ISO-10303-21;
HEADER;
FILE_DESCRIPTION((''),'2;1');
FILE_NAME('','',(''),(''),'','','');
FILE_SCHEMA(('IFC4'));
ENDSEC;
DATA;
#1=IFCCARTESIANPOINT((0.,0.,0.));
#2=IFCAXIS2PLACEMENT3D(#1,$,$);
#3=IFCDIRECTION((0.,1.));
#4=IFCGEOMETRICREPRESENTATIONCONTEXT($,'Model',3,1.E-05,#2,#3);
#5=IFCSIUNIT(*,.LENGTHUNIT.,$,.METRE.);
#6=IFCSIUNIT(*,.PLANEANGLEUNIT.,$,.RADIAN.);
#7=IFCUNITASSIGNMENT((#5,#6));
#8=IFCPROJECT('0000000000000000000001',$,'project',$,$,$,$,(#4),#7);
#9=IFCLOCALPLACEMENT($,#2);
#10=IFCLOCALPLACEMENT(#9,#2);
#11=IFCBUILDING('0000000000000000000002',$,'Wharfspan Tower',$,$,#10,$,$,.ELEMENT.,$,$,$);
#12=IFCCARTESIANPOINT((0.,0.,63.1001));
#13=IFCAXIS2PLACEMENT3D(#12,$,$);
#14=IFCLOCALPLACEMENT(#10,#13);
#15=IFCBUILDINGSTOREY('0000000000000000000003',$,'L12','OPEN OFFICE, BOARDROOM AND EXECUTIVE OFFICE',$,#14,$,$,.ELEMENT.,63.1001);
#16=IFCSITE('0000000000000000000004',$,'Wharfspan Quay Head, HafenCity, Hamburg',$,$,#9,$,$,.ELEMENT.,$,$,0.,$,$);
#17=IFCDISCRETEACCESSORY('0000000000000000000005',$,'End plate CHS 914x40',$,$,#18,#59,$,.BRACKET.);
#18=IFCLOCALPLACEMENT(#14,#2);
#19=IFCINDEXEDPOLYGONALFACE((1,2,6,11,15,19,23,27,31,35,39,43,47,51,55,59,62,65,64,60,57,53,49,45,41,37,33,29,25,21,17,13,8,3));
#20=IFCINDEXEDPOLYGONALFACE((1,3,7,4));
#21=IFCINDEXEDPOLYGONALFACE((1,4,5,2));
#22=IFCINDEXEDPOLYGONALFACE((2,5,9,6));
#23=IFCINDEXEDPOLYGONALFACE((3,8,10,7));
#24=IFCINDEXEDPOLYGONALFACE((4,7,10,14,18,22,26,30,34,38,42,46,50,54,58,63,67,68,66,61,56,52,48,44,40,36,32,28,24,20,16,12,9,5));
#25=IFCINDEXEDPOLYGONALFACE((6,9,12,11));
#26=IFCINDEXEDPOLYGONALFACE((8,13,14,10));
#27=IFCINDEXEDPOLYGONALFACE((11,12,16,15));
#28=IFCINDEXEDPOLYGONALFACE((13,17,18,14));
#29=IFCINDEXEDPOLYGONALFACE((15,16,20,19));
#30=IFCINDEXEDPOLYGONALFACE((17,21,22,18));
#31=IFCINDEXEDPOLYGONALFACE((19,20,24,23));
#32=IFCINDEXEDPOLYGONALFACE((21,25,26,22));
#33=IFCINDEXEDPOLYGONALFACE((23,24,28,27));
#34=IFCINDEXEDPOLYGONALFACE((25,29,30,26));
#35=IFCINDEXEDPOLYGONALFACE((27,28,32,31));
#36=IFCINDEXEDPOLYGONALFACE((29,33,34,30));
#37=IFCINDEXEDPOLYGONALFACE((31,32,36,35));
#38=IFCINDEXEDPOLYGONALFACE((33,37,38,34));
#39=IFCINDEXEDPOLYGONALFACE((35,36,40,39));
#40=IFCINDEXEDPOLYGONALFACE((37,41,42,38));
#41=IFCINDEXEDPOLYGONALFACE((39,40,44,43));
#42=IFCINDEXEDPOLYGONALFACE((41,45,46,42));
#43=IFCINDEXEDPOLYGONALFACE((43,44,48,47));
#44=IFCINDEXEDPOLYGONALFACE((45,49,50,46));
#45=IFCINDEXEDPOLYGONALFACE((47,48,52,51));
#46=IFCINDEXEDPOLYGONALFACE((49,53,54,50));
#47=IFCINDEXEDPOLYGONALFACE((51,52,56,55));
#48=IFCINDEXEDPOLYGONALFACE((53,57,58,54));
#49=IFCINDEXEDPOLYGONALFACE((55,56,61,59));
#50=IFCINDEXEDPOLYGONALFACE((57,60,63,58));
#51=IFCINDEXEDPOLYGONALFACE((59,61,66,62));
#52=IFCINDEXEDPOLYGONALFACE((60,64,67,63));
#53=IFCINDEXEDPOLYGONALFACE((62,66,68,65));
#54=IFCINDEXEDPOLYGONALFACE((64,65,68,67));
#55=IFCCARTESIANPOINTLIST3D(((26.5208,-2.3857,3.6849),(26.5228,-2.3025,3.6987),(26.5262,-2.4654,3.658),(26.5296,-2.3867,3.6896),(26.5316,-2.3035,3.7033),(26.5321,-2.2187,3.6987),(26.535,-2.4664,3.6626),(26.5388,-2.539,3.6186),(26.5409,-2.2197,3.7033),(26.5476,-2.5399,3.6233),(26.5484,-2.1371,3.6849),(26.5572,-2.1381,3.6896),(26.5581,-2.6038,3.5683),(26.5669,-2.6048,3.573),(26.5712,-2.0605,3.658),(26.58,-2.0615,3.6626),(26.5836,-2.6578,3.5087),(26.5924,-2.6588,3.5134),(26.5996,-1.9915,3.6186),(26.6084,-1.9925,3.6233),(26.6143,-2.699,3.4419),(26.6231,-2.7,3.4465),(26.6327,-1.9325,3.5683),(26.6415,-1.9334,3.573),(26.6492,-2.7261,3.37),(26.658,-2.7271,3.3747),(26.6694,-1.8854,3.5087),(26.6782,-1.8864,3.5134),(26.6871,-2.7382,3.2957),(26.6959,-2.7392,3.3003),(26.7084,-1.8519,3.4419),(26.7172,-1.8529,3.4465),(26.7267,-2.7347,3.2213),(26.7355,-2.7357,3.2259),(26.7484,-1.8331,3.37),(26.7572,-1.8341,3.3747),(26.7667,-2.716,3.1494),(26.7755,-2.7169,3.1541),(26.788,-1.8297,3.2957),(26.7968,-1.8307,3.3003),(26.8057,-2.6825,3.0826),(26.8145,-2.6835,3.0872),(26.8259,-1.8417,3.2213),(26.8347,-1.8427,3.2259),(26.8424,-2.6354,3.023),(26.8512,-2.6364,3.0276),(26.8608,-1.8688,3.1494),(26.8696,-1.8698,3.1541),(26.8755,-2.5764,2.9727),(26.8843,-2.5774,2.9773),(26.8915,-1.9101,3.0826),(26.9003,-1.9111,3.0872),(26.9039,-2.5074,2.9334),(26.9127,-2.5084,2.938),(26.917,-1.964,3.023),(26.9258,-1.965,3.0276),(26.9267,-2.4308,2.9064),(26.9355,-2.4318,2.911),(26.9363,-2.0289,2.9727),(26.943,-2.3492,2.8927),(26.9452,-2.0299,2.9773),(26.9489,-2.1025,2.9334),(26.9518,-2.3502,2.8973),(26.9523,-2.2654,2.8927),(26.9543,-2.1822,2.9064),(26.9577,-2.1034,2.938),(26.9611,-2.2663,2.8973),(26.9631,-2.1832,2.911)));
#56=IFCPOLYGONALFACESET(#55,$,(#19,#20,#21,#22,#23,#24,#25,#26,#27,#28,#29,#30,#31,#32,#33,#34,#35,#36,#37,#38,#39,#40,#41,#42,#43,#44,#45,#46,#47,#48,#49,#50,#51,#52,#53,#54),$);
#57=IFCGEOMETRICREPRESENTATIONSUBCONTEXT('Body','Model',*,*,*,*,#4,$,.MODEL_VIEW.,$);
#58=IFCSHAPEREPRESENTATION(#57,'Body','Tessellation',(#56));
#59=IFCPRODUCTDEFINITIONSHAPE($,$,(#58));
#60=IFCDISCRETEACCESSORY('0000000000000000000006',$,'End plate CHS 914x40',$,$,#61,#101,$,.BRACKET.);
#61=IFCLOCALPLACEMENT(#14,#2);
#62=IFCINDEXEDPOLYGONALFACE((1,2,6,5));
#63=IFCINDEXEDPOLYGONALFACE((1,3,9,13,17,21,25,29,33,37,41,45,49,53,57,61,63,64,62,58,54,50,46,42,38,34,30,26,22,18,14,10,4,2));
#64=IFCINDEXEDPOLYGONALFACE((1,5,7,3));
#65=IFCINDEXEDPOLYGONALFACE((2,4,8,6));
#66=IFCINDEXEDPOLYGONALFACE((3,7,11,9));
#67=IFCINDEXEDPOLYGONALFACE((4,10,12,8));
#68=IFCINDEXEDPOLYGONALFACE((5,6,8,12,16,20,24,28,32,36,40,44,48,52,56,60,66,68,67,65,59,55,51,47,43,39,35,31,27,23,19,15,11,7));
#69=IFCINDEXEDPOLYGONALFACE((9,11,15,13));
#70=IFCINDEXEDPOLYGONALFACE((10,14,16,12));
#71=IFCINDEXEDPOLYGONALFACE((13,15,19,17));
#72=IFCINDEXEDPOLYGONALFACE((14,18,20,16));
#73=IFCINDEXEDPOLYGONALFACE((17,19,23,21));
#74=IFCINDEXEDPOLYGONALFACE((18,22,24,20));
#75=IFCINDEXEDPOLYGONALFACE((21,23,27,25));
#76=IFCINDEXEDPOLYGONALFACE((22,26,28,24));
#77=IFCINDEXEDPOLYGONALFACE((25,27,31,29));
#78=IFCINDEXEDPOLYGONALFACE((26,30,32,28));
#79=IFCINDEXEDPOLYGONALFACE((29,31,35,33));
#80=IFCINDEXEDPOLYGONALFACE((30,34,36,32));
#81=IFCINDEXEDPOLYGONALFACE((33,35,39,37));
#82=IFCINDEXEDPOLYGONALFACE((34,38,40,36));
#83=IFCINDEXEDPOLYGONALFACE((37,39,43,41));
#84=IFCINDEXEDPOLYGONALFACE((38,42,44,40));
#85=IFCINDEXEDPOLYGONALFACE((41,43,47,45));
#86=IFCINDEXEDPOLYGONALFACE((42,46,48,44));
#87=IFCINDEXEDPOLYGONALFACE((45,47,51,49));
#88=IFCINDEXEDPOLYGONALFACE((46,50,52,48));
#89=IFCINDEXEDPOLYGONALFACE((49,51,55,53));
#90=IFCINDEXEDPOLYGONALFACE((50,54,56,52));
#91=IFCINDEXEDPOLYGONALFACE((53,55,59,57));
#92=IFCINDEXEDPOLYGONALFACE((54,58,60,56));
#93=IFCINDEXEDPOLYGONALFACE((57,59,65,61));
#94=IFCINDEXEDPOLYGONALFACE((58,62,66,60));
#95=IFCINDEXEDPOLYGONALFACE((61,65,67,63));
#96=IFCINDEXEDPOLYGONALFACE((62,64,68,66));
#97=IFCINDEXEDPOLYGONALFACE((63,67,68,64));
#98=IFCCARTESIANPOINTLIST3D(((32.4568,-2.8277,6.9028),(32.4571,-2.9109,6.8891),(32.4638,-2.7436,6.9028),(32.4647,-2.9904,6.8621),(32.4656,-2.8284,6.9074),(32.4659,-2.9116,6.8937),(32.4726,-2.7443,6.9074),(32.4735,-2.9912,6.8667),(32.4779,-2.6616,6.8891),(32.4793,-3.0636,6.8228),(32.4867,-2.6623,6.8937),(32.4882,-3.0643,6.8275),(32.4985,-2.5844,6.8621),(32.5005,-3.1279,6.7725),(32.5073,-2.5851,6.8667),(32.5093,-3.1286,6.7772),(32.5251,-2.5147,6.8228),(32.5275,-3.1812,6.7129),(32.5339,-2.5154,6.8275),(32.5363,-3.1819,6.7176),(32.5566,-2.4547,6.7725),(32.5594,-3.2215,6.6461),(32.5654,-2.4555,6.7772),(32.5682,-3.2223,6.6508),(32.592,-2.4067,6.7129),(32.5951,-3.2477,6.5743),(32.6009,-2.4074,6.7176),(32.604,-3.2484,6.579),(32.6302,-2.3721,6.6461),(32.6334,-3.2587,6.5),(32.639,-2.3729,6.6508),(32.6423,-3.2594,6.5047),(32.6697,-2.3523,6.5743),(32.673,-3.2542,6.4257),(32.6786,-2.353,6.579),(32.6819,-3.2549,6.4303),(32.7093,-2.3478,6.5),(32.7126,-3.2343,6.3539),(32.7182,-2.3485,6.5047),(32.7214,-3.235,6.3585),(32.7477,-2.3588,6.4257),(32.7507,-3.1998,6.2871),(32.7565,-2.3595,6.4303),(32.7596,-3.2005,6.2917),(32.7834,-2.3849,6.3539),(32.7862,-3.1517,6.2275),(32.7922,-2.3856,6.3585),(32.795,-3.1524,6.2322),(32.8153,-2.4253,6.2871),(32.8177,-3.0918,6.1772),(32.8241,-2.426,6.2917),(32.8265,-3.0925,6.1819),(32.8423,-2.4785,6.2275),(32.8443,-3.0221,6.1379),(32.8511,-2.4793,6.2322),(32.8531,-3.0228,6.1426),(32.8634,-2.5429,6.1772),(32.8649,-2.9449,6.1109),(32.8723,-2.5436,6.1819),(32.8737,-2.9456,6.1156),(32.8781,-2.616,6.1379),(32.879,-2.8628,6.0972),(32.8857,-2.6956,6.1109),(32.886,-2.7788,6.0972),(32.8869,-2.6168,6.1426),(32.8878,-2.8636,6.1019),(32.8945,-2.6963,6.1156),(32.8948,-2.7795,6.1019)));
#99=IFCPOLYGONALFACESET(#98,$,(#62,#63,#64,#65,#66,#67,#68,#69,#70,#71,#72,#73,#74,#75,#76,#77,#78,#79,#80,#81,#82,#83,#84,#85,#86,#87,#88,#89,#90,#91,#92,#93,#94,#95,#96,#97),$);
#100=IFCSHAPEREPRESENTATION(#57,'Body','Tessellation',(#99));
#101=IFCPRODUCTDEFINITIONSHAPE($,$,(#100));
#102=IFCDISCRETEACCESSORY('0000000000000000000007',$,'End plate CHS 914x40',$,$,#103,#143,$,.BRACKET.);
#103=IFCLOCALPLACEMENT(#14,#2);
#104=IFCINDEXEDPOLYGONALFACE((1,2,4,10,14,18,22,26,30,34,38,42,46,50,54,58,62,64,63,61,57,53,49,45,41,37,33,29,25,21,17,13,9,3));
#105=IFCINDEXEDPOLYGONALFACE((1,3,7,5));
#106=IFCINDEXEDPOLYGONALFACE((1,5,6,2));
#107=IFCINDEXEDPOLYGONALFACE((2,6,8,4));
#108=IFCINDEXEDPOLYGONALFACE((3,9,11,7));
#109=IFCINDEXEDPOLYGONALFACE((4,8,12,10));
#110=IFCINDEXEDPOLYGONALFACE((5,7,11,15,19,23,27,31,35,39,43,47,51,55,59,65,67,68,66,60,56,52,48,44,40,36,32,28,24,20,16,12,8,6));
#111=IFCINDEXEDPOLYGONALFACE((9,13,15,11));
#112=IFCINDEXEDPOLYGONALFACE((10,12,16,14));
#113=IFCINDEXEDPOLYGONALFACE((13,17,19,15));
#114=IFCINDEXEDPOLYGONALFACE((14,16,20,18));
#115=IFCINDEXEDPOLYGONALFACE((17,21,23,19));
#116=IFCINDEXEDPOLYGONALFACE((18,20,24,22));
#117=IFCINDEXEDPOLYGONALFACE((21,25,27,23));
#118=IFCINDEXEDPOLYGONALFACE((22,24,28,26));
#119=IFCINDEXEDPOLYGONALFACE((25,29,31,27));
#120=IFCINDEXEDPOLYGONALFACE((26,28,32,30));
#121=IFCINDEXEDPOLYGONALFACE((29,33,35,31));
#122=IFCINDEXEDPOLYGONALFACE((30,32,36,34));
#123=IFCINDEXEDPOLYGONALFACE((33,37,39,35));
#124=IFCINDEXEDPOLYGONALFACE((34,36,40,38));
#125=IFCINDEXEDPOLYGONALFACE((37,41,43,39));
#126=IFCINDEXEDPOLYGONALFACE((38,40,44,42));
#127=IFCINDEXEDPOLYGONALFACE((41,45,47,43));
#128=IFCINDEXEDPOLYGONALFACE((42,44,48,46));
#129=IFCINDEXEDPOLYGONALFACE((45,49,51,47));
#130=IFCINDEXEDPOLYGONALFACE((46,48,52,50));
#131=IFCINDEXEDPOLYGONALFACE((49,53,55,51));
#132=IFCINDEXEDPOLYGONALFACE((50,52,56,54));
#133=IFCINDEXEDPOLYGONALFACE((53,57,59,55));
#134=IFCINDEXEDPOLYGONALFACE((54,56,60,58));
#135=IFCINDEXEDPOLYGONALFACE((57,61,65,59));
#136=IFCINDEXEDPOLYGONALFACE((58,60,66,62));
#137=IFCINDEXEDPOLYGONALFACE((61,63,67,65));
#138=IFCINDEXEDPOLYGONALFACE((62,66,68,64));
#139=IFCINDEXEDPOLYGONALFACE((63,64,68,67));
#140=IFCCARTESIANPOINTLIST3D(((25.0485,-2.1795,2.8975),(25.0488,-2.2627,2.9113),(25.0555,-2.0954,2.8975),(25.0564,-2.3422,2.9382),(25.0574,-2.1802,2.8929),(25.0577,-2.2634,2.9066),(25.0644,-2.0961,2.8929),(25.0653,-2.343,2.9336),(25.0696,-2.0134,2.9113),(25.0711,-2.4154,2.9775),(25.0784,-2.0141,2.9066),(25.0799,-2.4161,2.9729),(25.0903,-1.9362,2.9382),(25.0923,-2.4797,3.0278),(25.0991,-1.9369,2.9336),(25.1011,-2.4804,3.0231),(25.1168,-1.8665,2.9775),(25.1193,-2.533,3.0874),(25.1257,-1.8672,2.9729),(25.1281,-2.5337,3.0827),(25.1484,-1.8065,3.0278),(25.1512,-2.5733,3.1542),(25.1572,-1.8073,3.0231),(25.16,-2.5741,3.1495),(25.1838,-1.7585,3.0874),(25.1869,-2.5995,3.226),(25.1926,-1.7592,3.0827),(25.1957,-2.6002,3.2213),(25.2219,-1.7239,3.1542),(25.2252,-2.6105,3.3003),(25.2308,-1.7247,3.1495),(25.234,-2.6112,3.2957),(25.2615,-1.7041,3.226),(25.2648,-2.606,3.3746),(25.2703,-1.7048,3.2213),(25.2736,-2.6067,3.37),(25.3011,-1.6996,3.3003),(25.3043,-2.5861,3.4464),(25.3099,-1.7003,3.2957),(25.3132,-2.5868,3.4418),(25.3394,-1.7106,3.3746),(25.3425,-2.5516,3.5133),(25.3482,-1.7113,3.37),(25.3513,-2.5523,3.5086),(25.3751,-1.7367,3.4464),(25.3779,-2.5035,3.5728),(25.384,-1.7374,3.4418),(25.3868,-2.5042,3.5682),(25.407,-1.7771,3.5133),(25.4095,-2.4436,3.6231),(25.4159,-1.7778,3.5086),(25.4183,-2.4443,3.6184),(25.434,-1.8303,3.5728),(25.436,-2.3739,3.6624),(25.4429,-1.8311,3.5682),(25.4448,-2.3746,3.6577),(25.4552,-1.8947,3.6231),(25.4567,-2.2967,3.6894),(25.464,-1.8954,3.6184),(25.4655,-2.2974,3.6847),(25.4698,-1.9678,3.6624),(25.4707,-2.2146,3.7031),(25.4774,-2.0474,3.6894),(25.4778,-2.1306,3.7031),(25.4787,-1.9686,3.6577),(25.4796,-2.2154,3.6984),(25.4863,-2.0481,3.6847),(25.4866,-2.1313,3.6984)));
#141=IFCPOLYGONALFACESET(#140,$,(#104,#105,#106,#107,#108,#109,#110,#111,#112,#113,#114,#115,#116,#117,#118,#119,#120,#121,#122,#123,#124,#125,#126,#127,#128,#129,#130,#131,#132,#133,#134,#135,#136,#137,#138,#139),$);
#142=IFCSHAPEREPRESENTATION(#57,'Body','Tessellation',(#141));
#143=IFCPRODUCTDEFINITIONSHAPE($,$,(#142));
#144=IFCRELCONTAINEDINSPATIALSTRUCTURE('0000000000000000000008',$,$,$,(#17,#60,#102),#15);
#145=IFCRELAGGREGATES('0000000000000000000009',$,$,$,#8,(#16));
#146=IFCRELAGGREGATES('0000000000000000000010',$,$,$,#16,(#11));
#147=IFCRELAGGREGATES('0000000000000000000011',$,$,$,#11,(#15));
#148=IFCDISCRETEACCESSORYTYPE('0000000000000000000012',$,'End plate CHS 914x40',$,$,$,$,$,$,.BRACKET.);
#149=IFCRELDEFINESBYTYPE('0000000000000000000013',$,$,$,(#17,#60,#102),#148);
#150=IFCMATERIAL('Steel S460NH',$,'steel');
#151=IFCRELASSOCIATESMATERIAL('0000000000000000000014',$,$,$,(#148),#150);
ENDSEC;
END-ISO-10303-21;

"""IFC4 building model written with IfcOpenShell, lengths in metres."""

from ifc_helpers import new_model, si_unit, direction, frame, origin, origin_2d, place, context, subcontext, project, spatial, circle, extrude, material, material_profile, profile_set, type_object, element, save


model = new_model("IFC4")

# Units and contexts
model_context = context("Model", 3, precision=1e-05, world=origin(), true_north=direction((0.0, 1.0)))
body_context = subcontext(model_context, "Body", "Model", "MODEL_VIEW")
ifc_project = project(units=[si_unit("LENGTHUNIT", "METRE"), si_unit("PLANEANGLEUNIT", "RADIAN")], contexts=[model_context])

# Site, building, storey
site_placement = place(None, origin())
site = spatial("IfcSite", under=ifc_project, at=site_placement, Name="Wharfspan Quay Head, HafenCity, Hamburg", CompositionType="ELEMENT", RefElevation=0.0)
building_placement = place(site_placement, origin())
building = spatial("IfcBuilding", under=site, at=building_placement, Name="Wharfspan Tower", CompositionType="ELEMENT")
storey_placement = place(building_placement, frame((0.0, 0.0, 63.1001)))
storey = spatial("IfcBuildingStorey", under=building, at=storey_placement, Name="L12", Description="OPEN OFFICE, BOARDROOM AND EXECUTIVE OFFICE", CompositionType="ELEMENT", Elevation=63.1001)

# Shared definitions
ifc_material_1 = material(Name="Steel S460NH", Category="steel")

# Discrete accessories
ifc_material_profile_1 = material_profile(ifc_material_1, circle(Radius=0.457, at=origin_2d()))
ifc_profile_set_1 = profile_set([ifc_material_profile_1], Name="Steel S460NH")
discrete_accessory_type = type_object("IfcDiscreteAccessoryType", Name="End plate CHS 914x40", PredefinedType="BRACKET", material=ifc_profile_set_1)
for number, where, z_axis, x_axis, name in (
    (1, (26.7375, -2.2839, 3.2957), (0.880146, -0.097794, 0.464521), (0.110432, 0.993888, 0.0), "End plate CHS 914x40"),
    (2, (32.6714, -2.8032, 6.5), (0.881993, -0.073499, 0.465496), (0.083046, 0.996545, -0.000002), "End plate CHS 914x40"),
    (3, (25.272, -2.1558, 3.2957), (-0.881993, 0.073499, 0.465496), (-0.083046, -0.996545, -0.000002), "End plate CHS 914x40"),
):
    element("IfcDiscreteAccessory", number, at=place(storey_placement, frame(where, z_axis=z_axis, x_axis=x_axis)), inside=storey, type_object=discrete_accessory_type, Name=name, PredefinedType="BRACKET", context=body_context, shape_type="SweptSolid", body=[
        extrude(circle(Radius=0.457, at=origin_2d()), origin(), (0.0, 0.0, 1.0), 0.01),
    ])

save(model, "model.ifc")
